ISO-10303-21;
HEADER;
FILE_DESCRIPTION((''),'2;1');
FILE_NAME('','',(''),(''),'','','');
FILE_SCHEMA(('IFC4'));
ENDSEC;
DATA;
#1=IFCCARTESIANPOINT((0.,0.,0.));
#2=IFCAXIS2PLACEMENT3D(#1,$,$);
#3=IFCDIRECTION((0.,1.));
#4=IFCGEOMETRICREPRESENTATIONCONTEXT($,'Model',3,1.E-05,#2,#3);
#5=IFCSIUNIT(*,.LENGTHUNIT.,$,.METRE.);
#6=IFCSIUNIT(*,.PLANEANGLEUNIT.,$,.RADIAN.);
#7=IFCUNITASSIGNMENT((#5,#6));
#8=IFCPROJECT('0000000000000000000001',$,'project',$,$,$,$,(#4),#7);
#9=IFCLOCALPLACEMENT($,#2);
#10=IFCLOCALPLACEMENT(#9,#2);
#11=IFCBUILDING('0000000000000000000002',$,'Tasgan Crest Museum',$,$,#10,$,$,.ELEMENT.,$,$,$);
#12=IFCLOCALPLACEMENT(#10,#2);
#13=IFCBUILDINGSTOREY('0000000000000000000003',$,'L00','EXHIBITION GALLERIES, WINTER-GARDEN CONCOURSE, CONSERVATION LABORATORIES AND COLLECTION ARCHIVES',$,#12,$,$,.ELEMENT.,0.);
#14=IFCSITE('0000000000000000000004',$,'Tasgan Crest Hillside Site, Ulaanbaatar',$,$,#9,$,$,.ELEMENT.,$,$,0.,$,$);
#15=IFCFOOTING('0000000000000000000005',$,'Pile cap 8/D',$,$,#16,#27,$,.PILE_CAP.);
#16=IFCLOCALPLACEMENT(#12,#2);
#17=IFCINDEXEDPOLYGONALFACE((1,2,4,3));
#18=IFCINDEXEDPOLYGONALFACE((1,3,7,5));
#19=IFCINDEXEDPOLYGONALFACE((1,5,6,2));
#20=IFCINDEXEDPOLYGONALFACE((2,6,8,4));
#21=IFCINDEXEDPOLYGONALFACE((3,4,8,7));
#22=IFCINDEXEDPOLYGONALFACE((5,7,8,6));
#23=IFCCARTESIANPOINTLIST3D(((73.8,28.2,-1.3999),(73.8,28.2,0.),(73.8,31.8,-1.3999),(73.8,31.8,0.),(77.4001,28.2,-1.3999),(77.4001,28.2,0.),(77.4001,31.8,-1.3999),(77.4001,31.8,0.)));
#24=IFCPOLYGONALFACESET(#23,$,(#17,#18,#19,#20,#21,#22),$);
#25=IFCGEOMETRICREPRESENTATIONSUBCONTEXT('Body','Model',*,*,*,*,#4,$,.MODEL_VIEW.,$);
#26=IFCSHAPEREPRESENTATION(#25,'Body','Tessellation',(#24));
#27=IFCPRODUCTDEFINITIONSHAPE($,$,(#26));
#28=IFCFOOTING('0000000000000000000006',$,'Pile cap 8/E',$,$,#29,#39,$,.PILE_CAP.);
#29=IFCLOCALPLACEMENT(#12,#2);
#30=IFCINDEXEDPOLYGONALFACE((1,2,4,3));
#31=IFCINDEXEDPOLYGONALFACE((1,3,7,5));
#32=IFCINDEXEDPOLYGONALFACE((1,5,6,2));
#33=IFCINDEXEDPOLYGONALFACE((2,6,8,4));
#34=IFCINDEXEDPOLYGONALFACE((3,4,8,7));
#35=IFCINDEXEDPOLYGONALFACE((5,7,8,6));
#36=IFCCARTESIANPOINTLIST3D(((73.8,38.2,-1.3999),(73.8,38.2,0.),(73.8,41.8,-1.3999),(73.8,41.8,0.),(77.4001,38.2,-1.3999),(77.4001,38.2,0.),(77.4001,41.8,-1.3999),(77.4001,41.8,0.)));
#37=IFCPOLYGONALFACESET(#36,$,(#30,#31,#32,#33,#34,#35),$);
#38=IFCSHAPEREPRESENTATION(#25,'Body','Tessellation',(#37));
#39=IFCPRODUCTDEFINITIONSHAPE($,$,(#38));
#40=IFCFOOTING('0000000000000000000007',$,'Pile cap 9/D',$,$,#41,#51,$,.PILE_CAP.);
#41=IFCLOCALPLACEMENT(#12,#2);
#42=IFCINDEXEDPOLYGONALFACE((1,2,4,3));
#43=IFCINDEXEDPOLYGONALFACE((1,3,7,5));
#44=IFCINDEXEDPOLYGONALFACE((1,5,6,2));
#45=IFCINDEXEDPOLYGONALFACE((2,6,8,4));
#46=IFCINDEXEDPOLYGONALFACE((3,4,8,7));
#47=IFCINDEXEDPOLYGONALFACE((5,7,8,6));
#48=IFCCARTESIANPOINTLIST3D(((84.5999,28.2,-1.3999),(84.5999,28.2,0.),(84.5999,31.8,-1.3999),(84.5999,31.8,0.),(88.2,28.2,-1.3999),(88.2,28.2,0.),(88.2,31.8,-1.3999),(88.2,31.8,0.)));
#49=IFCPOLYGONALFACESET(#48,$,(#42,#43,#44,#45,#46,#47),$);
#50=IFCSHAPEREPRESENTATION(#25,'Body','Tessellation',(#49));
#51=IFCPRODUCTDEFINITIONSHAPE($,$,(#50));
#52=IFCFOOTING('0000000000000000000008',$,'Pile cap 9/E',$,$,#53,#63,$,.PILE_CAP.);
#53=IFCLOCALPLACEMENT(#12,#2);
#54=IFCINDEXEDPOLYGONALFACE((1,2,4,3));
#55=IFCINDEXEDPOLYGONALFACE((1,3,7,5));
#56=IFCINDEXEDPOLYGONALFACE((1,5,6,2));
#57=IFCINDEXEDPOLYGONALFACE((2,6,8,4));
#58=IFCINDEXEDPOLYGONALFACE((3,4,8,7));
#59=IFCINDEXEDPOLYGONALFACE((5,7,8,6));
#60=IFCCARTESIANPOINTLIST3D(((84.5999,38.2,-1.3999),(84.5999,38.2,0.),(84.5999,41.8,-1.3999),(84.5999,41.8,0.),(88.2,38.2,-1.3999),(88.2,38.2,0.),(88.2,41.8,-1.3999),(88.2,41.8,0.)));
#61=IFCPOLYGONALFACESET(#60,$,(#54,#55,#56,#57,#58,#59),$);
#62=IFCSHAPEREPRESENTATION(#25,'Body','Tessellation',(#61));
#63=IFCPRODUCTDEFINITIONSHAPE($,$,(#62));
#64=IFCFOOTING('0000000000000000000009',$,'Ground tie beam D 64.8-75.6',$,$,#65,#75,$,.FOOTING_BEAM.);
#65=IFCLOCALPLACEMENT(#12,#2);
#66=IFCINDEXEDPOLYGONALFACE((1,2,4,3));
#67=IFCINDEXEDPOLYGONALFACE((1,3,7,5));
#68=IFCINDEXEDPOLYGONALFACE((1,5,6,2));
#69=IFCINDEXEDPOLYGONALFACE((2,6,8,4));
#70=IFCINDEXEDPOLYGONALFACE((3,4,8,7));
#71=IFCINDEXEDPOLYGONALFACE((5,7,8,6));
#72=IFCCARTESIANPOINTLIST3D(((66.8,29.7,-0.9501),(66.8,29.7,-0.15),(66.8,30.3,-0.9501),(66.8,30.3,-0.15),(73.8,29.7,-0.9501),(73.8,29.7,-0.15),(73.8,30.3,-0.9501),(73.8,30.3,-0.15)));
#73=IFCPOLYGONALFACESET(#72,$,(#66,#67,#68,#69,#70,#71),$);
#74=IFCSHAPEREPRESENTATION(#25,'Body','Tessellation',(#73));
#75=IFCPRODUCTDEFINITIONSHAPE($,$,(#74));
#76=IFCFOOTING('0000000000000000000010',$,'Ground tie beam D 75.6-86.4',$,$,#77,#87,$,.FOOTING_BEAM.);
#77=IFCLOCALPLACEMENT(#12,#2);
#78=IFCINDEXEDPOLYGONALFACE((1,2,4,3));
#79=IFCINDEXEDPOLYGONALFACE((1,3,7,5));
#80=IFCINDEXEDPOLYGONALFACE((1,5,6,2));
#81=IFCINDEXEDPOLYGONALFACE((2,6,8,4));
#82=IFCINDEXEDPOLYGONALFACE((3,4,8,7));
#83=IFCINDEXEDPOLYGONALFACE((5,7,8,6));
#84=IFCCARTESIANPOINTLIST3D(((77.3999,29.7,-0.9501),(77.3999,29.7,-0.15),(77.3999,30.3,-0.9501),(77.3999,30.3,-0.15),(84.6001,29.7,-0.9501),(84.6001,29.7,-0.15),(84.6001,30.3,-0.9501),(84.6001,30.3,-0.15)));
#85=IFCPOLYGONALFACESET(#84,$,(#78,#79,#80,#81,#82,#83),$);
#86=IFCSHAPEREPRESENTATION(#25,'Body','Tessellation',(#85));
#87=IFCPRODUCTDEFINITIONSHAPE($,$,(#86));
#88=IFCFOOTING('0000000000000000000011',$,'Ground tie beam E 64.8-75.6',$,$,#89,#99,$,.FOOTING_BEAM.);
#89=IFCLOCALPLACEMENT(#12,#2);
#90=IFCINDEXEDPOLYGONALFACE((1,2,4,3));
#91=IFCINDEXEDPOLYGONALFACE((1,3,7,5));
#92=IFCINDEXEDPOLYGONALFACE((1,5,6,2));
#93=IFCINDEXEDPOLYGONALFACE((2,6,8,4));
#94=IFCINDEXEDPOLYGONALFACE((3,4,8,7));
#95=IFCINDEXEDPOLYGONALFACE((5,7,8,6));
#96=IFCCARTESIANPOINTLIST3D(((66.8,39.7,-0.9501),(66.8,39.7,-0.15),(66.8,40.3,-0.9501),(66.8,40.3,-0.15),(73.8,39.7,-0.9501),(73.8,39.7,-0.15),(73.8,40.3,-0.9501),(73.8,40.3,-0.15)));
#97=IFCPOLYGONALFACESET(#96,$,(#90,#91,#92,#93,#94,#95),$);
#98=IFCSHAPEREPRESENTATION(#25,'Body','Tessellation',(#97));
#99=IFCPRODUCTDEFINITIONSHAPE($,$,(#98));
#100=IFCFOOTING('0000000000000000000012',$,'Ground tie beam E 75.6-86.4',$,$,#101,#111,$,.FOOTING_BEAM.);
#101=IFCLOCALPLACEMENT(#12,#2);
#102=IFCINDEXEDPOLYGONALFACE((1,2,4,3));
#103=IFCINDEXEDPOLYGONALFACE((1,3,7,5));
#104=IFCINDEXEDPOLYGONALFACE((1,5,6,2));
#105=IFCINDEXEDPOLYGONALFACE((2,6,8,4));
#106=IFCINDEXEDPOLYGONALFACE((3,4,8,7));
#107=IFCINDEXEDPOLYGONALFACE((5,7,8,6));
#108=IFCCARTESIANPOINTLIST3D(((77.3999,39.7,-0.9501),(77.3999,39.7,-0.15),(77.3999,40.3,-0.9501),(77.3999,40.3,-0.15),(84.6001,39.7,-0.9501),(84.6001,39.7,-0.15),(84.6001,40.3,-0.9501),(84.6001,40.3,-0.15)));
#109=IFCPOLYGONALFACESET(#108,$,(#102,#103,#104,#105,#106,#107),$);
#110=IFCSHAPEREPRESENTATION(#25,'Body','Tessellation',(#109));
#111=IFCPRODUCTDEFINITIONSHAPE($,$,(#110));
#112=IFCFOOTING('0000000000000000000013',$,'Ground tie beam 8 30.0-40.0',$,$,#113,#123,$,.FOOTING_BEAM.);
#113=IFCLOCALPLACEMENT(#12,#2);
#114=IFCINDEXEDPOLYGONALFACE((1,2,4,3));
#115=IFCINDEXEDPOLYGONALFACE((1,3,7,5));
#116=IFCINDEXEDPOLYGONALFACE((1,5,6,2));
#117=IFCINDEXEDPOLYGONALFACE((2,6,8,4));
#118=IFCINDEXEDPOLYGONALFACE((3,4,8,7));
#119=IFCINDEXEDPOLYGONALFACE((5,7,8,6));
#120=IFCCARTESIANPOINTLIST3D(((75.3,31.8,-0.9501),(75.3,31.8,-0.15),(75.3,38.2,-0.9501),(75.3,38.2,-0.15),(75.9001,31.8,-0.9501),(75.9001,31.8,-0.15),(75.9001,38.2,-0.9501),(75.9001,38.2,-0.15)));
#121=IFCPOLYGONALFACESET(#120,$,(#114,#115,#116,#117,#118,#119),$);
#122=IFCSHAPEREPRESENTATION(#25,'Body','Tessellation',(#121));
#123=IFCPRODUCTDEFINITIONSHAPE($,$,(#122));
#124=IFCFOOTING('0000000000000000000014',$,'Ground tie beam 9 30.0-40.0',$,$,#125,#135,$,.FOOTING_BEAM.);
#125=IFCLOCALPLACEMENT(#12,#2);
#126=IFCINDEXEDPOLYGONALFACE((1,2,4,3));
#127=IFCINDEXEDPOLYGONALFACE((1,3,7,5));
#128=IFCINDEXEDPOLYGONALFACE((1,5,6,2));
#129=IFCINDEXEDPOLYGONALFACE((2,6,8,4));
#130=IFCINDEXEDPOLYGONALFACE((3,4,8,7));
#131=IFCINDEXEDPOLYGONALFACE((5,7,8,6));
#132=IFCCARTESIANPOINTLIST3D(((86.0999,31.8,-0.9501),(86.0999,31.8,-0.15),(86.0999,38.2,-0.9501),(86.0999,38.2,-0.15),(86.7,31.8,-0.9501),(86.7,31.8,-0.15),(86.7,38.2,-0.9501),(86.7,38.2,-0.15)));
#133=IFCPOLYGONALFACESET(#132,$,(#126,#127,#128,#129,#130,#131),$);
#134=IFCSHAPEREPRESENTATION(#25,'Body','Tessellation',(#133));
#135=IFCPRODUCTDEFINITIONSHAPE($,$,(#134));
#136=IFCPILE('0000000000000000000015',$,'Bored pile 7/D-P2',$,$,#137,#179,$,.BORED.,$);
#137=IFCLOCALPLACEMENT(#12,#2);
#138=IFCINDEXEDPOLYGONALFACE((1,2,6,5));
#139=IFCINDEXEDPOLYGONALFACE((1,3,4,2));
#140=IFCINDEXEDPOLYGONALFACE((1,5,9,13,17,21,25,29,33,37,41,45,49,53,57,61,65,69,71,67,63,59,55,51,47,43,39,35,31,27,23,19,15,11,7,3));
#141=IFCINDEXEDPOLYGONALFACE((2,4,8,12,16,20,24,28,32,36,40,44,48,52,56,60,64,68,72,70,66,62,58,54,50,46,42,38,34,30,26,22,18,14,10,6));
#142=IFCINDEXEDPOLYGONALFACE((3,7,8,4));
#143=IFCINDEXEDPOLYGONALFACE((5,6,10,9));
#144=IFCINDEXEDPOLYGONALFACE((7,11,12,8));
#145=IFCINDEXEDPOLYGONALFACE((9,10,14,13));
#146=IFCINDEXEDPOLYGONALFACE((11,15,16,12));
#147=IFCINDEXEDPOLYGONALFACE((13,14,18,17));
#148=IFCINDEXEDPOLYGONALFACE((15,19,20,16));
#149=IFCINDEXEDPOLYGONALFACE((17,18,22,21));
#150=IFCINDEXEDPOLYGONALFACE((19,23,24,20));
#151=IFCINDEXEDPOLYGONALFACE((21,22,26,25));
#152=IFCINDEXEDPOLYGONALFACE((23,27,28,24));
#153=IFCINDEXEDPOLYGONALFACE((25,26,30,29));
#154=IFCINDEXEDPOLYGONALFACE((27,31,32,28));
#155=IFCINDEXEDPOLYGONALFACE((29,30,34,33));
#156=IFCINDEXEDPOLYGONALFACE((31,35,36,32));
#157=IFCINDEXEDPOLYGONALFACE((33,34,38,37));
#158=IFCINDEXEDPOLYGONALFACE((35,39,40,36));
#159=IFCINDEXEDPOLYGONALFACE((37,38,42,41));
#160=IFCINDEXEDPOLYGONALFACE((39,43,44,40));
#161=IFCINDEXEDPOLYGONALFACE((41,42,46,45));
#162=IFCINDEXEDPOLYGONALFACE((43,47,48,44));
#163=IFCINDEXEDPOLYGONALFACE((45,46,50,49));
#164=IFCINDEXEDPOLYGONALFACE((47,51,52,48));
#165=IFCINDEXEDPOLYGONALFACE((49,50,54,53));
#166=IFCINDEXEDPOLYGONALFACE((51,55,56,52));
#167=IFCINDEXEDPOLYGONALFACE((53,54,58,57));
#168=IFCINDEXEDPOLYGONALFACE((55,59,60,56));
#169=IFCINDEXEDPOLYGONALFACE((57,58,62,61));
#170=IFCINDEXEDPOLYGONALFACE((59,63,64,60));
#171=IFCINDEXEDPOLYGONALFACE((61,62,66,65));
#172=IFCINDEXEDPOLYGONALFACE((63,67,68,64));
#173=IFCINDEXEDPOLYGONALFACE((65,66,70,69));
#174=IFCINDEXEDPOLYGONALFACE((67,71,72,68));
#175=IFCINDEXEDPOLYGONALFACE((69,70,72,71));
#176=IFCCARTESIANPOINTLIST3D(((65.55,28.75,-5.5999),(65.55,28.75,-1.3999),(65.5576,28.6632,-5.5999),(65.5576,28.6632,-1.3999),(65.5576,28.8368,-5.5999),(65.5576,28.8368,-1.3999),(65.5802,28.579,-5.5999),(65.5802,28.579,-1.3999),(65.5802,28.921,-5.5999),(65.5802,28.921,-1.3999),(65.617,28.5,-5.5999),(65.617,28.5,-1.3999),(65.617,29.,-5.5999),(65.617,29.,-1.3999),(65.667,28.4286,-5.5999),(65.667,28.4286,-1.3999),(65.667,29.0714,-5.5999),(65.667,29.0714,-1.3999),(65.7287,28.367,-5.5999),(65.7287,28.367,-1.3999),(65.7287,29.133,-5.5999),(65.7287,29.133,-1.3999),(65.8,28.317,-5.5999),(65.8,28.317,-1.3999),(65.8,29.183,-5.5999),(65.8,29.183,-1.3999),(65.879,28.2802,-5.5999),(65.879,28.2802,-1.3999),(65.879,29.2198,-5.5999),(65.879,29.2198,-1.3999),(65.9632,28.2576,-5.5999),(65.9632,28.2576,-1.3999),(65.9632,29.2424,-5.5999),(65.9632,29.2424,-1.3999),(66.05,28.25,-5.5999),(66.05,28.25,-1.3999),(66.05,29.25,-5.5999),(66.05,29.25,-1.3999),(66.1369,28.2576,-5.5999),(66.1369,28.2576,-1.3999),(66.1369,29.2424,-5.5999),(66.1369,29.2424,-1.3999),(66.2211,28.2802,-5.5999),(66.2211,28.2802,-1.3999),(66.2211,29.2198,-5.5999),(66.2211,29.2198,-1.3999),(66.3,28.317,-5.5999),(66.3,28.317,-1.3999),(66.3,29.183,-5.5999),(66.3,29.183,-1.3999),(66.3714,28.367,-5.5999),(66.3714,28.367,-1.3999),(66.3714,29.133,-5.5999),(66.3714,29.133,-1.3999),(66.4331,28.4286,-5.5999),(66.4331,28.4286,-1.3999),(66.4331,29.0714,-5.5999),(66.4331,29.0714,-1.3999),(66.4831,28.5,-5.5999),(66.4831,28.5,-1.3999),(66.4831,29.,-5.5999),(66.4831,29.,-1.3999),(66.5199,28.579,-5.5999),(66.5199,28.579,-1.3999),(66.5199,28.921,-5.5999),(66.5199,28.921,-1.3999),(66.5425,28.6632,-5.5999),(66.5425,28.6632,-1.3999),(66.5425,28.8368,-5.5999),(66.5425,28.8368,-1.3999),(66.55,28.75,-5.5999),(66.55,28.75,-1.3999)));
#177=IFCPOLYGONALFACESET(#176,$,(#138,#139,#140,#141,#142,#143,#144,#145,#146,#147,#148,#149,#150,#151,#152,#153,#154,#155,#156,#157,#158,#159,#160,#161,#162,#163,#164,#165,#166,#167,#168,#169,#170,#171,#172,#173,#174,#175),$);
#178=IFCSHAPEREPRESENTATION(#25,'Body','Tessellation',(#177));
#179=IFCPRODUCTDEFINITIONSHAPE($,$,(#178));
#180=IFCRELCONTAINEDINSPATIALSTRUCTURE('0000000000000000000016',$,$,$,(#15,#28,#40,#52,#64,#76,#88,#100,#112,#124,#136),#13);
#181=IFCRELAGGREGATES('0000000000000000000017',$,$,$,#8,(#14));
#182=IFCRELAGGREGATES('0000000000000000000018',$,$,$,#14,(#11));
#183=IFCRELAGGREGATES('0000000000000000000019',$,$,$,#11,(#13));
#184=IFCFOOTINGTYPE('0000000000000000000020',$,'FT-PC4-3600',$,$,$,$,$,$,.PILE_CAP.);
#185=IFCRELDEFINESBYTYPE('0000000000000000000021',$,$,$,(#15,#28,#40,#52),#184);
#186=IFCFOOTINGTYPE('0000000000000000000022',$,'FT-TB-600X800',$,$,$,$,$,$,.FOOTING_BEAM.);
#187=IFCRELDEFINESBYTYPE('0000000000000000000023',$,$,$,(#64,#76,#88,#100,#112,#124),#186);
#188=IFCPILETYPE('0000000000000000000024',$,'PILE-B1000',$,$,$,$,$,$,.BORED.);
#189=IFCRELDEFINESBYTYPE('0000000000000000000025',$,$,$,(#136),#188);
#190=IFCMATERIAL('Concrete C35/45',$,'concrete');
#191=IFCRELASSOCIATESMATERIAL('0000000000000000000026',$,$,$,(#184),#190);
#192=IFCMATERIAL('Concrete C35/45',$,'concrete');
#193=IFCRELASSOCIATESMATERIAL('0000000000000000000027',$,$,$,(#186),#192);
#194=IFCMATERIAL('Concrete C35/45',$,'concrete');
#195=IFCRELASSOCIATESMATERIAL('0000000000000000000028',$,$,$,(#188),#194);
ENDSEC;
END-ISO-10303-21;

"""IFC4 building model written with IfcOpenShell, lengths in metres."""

from ifc_helpers import new_model, si_unit, direction, frame, origin, origin_2d, place, context, subcontext, project, spatial, rectangle, circle, extrude, material, material_profile, profile_set, type_object, element, save


model = new_model("IFC4")

# Units and contexts
model_context = context("Model", 3, precision=1e-05, world=origin(), true_north=direction((0.0, 1.0)))
body_context = subcontext(model_context, "Body", "Model", "MODEL_VIEW")
ifc_project = project(units=[si_unit("LENGTHUNIT", "METRE"), si_unit("PLANEANGLEUNIT", "RADIAN")], contexts=[model_context])

# Site, building, storey
site_placement = place(None, origin())
site = spatial("IfcSite", under=ifc_project, at=site_placement, Name="Tasgan Crest Hillside Site, Ulaanbaatar", CompositionType="ELEMENT", RefElevation=0.0)
building_placement = place(site_placement, origin())
building = spatial("IfcBuilding", under=site, at=building_placement, Name="Tasgan Crest Museum", CompositionType="ELEMENT")
storey_placement = place(building_placement, origin())
storey = spatial("IfcBuildingStorey", under=building, at=storey_placement, Name="L00", Description="EXHIBITION GALLERIES, WINTER-GARDEN CONCOURSE, CONSERVATION LABORATORIES AND COLLECTION ARCHIVES", CompositionType="ELEMENT", Elevation=0.0)

# Footings
ifc_material_1 = material(Name="Concrete C35/45", Category="concrete")
footing_type_1 = type_object("IfcFootingType", Name="FT-PC4-3600", PredefinedType="PILE_CAP", material=ifc_material_1)
for number, where, z_axis, x_axis, name in (
    (1, (75.6001, 30.0, -1.3999), (0.0, 0.0, 1.0), (1.0, 0.0, 0.0), "Pile cap 8/D"),
    (2, (75.6001, 40.0, -1.3999), (0.0, 0.0, 1.0), (1.0, 0.0, 0.0), "Pile cap 8/E"),
    (3, (86.3999, 30.0, -1.3999), (0.0, 0.0, 1.0), (1.0, 0.0, 0.0), "Pile cap 9/D"),
    (4, (86.3999, 40.0, -1.3999), (0.0, 0.0, 1.0), (1.0, 0.0, 0.0), "Pile cap 9/E"),
):
    element("IfcFooting", number, at=place(storey_placement, frame(where, z_axis=z_axis, x_axis=x_axis)), inside=storey, type_object=footing_type_1, Name=name, PredefinedType="PILE_CAP", context=body_context, shape_type="SweptSolid", body=[
        extrude(rectangle(XDim=3.6001, YDim=3.6001, at=origin_2d()), origin(), (0.0, 0.0, 1.0), 1.3999),
    ])
ifc_material_2 = material(Name="Concrete C35/45", Category="concrete")
ifc_material_profile_1 = material_profile(ifc_material_2, rectangle(XDim=0.6001, YDim=0.8, at=origin_2d()), Name="TB 600x800")
ifc_profile_set_1 = profile_set([ifc_material_profile_1], Name="Concrete C35/45")
footing_type_2 = type_object("IfcFootingType", Name="FT-TB-600X800", PredefinedType="FOOTING_BEAM", material=ifc_profile_set_1)
footing_1_placement = place(storey_placement, frame((66.8, 30.0, -0.55), z_axis=(1.0, 0.0, 0.0), x_axis=(0.0, 1.0, 0.0)))
element("IfcFooting", 5, at=footing_1_placement, inside=storey, type_object=footing_type_2, Name="Ground tie beam D 64.8-75.6", PredefinedType="FOOTING_BEAM", context=body_context, shape_type="SweptSolid", body=[
    extrude(rectangle(XDim=0.6001, YDim=0.8, at=origin_2d()), origin(), (0.0, 0.0, 1.0), 7.0),
])
footing_2_placement = place(storey_placement, frame((77.3999, 30.0, -0.55), z_axis=(1.0, 0.0, 0.0), x_axis=(0.0, 1.0, 0.0)))
element("IfcFooting", 6, at=footing_2_placement, inside=storey, type_object=footing_type_2, Name="Ground tie beam D 75.6-86.4", PredefinedType="FOOTING_BEAM", context=body_context, shape_type="SweptSolid", body=[
    extrude(rectangle(XDim=0.6001, YDim=0.8, at=origin_2d()), origin(), (0.0, 0.0, 1.0), 7.2002),
])
footing_3_placement = place(storey_placement, frame((66.8, 40.0, -0.55), z_axis=(1.0, 0.0, 0.0), x_axis=(0.0, 1.0, 0.0)))
element("IfcFooting", 7, at=footing_3_placement, inside=storey, type_object=footing_type_2, Name="Ground tie beam E 64.8-75.6", PredefinedType="FOOTING_BEAM", context=body_context, shape_type="SweptSolid", body=[
    extrude(rectangle(XDim=0.6001, YDim=0.8, at=origin_2d()), origin(), (0.0, 0.0, 1.0), 7.0),
])
footing_4_placement = place(storey_placement, frame((77.3999, 40.0, -0.55), z_axis=(1.0, 0.0, 0.0), x_axis=(0.0, 1.0, 0.0)))
element("IfcFooting", 8, at=footing_4_placement, inside=storey, type_object=footing_type_2, Name="Ground tie beam E 75.6-86.4", PredefinedType="FOOTING_BEAM", context=body_context, shape_type="SweptSolid", body=[
    extrude(rectangle(XDim=0.6001, YDim=0.8, at=origin_2d()), origin(), (0.0, 0.0, 1.0), 7.2002),
])
for number, where, z_axis, x_axis, name in (
    (9, (75.6001, 31.8, -0.55), (0.0, 1.0, 0.0), (-1.0, 0.0, 0.0), "Ground tie beam 8 30.0-40.0"),
    (10, (86.3999, 31.8, -0.55), (0.0, 1.0, 0.0), (-1.0, 0.0, 0.0), "Ground tie beam 9 30.0-40.0"),
):
    element("IfcFooting", number, at=place(storey_placement, frame(where, z_axis=z_axis, x_axis=x_axis)), inside=storey, type_object=footing_type_2, Name=name, PredefinedType="FOOTING_BEAM", context=body_context, shape_type="SweptSolid", body=[
        extrude(rectangle(XDim=0.6001, YDim=0.8, at=origin_2d()), origin(), (0.0, 0.0, 1.0), 6.3999),
    ])

# Pile
ifc_material_3 = material(Name="Concrete C35/45", Category="concrete")
ifc_material_profile_2 = material_profile(ifc_material_3, circle(Radius=0.5, at=origin_2d()), Name="PILE D1000")
ifc_profile_set_2 = profile_set([ifc_material_profile_2], Name="Concrete C35/45")
pile_type_1 = type_object("IfcPileType", Name="PILE-B1000", PredefinedType="BORED", material=ifc_profile_set_2)
for number, where, z_axis, x_axis, name in (
    (11, (66.05, 28.75, -1.3999), (0.0, 0.0, -1.0), (1.0, 0.0, 0.0), "Bored pile 7/D-P2"),
):
    element("IfcPile", number, at=place(storey_placement, frame(where, z_axis=z_axis, x_axis=x_axis)), inside=storey, type_object=pile_type_1, Name=name, PredefinedType="BORED", context=body_context, shape_type="SweptSolid", body=[
        extrude(circle(Radius=0.5, at=origin_2d()), origin(), (0.0, 0.0, 1.0), 4.2),
    ])

save(model, "model.ifc")
